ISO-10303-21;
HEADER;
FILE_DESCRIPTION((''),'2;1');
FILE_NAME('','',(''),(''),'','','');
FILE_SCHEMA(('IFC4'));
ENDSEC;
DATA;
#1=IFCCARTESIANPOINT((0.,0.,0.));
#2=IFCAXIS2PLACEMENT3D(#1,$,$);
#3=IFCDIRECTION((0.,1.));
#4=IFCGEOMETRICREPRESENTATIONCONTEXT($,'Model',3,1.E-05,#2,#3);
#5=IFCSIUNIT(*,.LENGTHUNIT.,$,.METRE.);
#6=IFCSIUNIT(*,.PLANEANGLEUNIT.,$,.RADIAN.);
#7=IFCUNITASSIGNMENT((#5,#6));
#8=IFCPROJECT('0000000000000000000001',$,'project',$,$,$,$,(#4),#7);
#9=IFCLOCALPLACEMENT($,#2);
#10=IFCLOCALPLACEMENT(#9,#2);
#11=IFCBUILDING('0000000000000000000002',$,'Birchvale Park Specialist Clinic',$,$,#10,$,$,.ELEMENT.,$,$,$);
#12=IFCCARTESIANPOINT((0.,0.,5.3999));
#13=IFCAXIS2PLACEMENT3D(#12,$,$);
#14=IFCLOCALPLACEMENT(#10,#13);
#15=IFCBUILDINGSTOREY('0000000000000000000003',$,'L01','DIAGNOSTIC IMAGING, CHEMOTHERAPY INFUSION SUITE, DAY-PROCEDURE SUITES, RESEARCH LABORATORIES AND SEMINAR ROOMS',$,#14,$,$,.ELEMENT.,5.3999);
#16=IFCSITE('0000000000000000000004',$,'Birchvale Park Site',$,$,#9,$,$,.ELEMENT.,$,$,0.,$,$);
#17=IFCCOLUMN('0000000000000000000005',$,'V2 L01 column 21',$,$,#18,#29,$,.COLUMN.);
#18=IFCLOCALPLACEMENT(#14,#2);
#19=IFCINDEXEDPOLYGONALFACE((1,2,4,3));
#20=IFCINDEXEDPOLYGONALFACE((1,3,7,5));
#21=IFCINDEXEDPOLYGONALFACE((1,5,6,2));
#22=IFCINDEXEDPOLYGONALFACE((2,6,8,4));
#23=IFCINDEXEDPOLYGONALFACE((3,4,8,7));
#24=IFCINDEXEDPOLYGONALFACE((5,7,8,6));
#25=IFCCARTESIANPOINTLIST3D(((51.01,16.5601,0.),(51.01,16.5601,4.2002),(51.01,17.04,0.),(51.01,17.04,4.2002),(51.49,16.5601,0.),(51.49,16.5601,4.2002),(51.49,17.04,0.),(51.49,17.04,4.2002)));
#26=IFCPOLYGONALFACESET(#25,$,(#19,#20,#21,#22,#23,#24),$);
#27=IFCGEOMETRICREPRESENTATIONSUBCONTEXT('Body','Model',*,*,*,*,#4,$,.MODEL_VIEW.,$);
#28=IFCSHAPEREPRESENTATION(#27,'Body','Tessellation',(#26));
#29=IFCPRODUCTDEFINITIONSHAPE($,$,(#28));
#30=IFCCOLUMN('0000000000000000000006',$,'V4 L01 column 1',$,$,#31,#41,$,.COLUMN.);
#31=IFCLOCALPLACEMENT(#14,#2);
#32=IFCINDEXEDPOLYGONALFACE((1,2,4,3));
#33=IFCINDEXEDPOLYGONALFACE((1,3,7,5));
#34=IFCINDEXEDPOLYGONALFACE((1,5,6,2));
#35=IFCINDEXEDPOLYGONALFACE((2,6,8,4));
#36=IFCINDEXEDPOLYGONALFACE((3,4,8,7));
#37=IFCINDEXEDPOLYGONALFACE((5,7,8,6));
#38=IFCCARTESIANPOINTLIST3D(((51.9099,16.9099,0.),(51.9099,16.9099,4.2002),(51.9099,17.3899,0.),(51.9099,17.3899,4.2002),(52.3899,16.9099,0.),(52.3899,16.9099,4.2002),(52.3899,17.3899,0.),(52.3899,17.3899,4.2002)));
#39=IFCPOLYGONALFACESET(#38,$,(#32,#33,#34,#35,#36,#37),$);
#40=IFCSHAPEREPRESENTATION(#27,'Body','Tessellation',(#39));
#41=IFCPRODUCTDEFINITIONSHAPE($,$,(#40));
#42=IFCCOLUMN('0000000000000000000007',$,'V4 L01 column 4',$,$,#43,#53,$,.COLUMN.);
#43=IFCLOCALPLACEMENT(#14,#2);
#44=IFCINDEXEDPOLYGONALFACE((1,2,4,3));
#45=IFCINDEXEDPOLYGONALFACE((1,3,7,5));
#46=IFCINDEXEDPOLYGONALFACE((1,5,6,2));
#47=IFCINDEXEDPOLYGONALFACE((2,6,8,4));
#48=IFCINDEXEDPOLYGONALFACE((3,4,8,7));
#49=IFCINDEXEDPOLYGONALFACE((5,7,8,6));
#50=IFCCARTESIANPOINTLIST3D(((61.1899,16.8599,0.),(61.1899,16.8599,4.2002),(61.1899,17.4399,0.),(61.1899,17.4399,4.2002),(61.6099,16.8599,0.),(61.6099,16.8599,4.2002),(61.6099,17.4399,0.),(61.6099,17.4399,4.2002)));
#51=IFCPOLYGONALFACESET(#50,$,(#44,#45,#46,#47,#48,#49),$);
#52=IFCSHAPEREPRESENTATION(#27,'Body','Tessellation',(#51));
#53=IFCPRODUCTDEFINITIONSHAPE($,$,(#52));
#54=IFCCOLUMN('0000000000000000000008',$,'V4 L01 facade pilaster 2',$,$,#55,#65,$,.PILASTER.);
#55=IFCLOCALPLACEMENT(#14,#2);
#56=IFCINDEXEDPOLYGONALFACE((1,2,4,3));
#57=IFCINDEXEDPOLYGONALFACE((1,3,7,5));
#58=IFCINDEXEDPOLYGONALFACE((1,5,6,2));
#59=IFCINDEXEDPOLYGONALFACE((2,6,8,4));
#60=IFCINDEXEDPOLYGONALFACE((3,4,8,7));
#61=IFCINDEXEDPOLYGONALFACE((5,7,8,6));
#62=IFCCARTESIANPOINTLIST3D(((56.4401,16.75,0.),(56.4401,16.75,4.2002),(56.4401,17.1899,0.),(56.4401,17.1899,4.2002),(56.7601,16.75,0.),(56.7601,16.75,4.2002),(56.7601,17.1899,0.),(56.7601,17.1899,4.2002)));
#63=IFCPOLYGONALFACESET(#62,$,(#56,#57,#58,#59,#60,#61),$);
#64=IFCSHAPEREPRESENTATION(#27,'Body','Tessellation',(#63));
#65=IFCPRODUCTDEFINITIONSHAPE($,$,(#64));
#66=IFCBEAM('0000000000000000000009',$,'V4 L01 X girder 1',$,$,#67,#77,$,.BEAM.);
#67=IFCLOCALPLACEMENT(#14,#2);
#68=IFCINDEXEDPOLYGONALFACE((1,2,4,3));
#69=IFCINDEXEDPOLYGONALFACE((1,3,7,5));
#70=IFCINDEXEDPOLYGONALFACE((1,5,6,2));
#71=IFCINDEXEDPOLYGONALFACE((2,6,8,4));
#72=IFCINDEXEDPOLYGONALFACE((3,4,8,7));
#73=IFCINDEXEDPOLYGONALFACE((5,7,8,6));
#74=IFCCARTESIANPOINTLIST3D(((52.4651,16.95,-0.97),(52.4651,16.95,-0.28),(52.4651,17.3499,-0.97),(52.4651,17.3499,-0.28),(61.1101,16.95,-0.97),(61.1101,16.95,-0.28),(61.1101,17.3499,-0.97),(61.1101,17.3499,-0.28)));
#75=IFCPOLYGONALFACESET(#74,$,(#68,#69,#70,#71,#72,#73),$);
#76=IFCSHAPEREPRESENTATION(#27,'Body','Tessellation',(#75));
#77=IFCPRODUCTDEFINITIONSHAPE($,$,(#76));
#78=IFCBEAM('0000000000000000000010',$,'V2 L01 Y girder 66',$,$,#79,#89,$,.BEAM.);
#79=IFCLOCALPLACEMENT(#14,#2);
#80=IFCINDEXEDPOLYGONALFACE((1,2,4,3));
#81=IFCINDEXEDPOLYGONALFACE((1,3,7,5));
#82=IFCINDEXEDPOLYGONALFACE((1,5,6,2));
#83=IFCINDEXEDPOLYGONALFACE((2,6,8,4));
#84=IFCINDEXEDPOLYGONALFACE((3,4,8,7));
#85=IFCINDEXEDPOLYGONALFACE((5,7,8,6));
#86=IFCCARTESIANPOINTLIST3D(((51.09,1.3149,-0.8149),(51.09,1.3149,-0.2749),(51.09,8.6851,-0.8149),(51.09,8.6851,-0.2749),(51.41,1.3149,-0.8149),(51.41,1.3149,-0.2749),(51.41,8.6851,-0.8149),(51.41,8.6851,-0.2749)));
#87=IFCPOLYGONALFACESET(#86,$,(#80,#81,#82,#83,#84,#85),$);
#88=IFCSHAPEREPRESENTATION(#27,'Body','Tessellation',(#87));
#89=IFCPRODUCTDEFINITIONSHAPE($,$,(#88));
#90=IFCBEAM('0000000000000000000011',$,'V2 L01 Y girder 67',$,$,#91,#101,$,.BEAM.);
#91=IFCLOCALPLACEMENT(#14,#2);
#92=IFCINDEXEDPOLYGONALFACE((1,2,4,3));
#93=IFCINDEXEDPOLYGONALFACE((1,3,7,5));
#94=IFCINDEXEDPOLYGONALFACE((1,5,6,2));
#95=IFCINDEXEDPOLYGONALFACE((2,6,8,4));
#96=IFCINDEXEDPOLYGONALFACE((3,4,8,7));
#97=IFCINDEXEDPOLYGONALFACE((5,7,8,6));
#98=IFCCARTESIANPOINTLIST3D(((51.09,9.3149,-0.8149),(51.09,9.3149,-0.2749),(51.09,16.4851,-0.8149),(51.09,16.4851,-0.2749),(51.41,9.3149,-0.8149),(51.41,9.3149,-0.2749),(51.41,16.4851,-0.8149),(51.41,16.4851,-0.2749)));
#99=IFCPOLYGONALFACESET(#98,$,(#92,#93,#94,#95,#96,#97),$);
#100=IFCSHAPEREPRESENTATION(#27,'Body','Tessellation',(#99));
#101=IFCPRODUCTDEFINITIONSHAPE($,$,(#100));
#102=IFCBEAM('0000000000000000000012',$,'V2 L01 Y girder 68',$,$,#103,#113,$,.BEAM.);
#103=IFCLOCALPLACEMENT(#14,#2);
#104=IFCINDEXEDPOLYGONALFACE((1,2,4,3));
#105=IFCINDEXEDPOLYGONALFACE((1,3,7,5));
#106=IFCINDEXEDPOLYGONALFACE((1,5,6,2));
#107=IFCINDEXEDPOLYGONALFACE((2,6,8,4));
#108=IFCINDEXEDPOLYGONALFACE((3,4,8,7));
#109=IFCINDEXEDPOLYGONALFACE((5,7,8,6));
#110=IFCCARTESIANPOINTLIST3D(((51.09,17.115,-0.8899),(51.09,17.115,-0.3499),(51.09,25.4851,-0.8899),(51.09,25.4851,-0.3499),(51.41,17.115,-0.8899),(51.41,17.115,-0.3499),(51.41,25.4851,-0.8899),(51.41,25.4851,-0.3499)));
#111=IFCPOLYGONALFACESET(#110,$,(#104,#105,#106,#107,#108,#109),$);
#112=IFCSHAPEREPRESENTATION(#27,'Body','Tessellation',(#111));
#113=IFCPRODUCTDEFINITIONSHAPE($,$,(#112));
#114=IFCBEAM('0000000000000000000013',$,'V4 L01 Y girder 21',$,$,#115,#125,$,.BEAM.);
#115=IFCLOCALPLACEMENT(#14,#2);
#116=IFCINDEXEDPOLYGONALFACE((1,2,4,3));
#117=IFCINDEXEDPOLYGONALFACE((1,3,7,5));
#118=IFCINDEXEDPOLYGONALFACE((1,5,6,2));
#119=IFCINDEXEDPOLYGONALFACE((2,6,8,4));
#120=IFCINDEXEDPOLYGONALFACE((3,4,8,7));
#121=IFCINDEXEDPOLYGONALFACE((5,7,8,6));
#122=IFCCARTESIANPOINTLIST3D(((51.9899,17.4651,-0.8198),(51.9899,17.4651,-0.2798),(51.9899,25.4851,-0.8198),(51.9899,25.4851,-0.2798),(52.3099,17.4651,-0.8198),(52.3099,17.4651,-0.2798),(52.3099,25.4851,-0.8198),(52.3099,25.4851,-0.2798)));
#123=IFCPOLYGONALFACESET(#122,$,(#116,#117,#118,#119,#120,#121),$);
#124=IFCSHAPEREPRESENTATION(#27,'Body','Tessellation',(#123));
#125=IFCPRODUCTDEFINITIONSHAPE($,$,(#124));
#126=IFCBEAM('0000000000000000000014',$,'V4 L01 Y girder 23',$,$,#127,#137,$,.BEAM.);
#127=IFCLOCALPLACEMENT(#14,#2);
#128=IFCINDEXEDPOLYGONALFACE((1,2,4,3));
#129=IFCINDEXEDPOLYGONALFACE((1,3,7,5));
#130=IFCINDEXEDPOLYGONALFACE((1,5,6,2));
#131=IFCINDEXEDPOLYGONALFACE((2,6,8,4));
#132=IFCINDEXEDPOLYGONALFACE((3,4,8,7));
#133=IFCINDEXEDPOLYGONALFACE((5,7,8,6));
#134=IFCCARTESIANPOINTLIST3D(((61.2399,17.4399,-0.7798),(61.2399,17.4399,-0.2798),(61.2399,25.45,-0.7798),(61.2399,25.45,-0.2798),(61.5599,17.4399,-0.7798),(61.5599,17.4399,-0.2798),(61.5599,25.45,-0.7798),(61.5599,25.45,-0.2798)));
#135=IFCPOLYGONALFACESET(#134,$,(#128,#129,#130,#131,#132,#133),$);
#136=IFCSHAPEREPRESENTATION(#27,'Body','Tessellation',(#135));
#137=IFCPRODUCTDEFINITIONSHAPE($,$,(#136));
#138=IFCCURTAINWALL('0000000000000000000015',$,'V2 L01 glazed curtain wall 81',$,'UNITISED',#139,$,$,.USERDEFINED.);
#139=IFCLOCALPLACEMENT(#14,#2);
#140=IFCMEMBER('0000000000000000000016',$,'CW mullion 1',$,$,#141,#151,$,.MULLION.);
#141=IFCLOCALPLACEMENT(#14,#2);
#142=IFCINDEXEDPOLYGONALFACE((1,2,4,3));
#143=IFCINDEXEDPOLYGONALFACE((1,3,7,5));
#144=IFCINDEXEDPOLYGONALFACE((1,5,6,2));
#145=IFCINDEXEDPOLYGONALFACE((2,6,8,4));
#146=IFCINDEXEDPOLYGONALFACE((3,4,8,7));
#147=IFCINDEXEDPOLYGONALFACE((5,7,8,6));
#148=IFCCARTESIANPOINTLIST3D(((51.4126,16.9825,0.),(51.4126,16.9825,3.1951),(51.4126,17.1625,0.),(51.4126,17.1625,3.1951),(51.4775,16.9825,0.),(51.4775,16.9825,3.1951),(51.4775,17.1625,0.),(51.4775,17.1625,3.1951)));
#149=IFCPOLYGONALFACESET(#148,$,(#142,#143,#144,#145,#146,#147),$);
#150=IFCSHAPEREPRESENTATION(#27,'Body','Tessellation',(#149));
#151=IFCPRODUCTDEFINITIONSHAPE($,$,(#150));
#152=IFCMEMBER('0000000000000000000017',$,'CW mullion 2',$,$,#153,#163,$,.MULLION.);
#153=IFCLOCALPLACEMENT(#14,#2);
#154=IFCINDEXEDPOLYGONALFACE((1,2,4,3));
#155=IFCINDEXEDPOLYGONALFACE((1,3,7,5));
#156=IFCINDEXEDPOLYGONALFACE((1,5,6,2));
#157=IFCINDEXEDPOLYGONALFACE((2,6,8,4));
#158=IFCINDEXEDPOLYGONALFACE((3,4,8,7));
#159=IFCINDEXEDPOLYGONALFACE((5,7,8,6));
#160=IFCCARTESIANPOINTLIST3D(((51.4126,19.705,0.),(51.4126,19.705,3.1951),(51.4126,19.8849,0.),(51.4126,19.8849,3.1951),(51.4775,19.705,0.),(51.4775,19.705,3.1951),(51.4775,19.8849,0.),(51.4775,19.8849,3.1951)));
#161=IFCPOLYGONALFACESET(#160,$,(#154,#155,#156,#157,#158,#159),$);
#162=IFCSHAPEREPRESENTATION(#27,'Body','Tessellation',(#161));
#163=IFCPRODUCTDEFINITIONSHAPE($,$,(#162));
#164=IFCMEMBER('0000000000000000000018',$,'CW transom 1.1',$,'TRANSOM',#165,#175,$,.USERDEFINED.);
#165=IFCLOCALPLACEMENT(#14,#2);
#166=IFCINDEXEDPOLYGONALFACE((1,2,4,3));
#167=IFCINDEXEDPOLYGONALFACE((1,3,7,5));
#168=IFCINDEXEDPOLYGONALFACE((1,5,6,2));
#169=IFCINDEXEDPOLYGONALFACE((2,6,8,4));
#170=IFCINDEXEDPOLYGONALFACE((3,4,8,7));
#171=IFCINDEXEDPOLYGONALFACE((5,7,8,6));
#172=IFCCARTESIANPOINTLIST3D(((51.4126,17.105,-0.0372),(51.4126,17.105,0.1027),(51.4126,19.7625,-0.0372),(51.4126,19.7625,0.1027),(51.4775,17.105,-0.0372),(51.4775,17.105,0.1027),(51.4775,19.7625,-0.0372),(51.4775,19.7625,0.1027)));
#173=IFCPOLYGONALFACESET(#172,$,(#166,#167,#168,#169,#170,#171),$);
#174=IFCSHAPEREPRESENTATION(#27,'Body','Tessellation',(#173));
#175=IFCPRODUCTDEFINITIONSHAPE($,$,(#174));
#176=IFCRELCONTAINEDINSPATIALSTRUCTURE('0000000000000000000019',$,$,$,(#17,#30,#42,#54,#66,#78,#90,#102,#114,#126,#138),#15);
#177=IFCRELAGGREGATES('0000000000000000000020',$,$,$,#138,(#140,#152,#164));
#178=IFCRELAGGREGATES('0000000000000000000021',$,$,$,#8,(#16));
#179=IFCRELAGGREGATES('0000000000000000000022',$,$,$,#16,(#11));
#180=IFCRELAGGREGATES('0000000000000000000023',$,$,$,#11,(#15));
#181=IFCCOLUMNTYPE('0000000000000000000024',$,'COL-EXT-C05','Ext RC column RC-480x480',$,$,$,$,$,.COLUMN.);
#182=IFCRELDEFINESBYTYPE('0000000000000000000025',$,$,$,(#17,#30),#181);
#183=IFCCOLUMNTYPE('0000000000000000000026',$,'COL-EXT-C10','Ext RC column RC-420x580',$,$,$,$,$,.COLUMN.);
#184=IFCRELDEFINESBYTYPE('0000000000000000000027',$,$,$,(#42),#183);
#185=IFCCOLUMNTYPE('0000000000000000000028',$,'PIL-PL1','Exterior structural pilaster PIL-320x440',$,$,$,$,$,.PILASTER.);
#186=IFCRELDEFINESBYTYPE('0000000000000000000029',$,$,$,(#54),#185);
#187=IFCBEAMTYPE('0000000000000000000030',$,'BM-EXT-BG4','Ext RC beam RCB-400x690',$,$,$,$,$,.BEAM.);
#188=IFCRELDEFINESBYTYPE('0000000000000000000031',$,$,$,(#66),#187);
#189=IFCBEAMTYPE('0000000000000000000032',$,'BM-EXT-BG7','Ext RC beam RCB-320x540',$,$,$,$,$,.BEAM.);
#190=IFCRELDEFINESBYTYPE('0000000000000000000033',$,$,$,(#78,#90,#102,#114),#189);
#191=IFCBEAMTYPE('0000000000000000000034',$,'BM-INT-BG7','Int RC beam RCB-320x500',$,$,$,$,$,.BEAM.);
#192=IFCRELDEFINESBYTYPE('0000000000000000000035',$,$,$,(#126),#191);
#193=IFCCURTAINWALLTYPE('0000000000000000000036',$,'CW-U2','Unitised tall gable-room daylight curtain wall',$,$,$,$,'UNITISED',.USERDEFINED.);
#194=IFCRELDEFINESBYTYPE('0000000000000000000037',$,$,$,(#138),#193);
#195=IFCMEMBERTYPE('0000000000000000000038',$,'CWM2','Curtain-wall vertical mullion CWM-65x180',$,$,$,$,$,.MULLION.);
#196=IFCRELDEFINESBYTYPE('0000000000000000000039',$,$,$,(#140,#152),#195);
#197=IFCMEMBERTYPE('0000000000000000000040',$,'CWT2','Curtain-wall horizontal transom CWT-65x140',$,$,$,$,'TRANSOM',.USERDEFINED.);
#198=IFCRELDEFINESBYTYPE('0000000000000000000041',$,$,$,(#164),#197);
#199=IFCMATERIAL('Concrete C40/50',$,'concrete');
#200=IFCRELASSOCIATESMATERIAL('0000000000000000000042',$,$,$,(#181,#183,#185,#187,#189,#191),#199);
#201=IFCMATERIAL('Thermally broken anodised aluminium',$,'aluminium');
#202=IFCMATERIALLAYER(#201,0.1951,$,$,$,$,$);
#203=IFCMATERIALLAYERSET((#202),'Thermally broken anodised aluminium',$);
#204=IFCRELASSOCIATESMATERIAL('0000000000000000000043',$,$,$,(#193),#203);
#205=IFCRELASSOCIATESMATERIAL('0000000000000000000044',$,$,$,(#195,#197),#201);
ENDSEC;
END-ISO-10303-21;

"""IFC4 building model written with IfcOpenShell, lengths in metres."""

from ifc_helpers import new_model, si_unit, direction, frame, origin, origin_2d, place, context, subcontext, project, spatial, rectangle, extrude, material, layer, layer_set, material_profile, profile_set, type_object, element, aggregate, save


model = new_model("IFC4")

# Units and contexts
model_context = context("Model", 3, precision=1e-05, world=origin(), true_north=direction((0.0, 1.0)))
body_context = subcontext(model_context, "Body", "Model", "MODEL_VIEW")
ifc_project = project(units=[si_unit("LENGTHUNIT", "METRE"), si_unit("PLANEANGLEUNIT", "RADIAN")], contexts=[model_context])

# Site, building, storey
site_placement = place(None, origin())
site = spatial("IfcSite", under=ifc_project, at=site_placement, Name="Birchvale Park Site", CompositionType="ELEMENT", RefElevation=0.0)
building_placement = place(site_placement, origin())
building = spatial("IfcBuilding", under=site, at=building_placement, Name="Birchvale Park Specialist Clinic", CompositionType="ELEMENT")
storey_placement = place(building_placement, frame((0.0, 0.0, 5.3999)))
storey = spatial("IfcBuildingStorey", under=building, at=storey_placement, Name="L01", Description="DIAGNOSTIC IMAGING, CHEMOTHERAPY INFUSION SUITE, DAY-PROCEDURE SUITES, RESEARCH LABORATORIES AND SEMINAR ROOMS", CompositionType="ELEMENT", Elevation=5.3999)

# Columns
ifc_material_1 = material(Name="Concrete C40/50", Category="concrete")
ifc_material_profile_1 = material_profile(ifc_material_1, rectangle(XDim=0.48, YDim=0.48, at=origin_2d()), Name="RC-480x480")
ifc_profile_set_1 = profile_set([ifc_material_profile_1], Name="Concrete C40/50")
column_type_1 = type_object("IfcColumnType", Name="COL-EXT-C05", Description="Ext RC column RC-480x480", PredefinedType="COLUMN", material=ifc_profile_set_1)
for number, where, z_axis, x_axis, name in (
    (1, (51.25, 16.8, 0.0), (0.0, 0.0, 1.0), (1.0, 0.0, 0.0), "V2 L01 column 21"),
    (2, (52.1499, 17.1499, 0.0), (0.0, 0.0, 1.0), (1.0, 0.0, 0.0), "V4 L01 column 1"),
):
    element("IfcColumn", number, at=place(storey_placement, frame(where, z_axis=z_axis, x_axis=x_axis)), inside=storey, type_object=column_type_1, Name=name, PredefinedType="COLUMN", context=body_context, shape_type="SweptSolid", body=[
        extrude(rectangle(XDim=0.48, YDim=0.48, at=origin_2d()), origin(), (0.0, 0.0, 1.0), 4.2002),
    ])
ifc_material_profile_2 = material_profile(ifc_material_1, rectangle(XDim=0.4199, YDim=0.5801, at=origin_2d()), Name="RC-420x580")
ifc_profile_set_2 = profile_set([ifc_material_profile_2], Name="Concrete C40/50")
column_type_2 = type_object("IfcColumnType", Name="COL-EXT-C10", Description="Ext RC column RC-420x580", PredefinedType="COLUMN", material=ifc_profile_set_2)
column_1_placement = place(storey_placement, frame((61.3999, 17.1499, 0.0), z_axis=(0.0, 0.0, 1.0), x_axis=(1.0, 0.0, 0.0)))
element("IfcColumn", 3, at=column_1_placement, inside=storey, type_object=column_type_2, Name="V4 L01 column 4", PredefinedType="COLUMN", context=body_context, shape_type="SweptSolid", body=[
    extrude(rectangle(XDim=0.4199, YDim=0.5801, at=origin_2d()), origin(), (0.0, 0.0, 1.0), 4.2002),
])
ifc_material_profile_3 = material_profile(ifc_material_1, rectangle(XDim=0.3201, YDim=0.4399, at=origin_2d()), Name="PIL-320x440")
ifc_profile_set_3 = profile_set([ifc_material_profile_3], Name="Concrete C40/50")
column_type_3 = type_object("IfcColumnType", Name="PIL-PL1", Description="Exterior structural pilaster PIL-320x440", PredefinedType="PILASTER", material=ifc_profile_set_3)
column_2_placement = place(storey_placement, frame((56.6001, 16.97, 0.0), z_axis=(0.0, 0.0, 1.0), x_axis=(1.0, 0.0, 0.0)))
element("IfcColumn", 4, at=column_2_placement, inside=storey, type_object=column_type_3, Name="V4 L01 facade pilaster 2", PredefinedType="PILASTER", context=body_context, shape_type="SweptSolid", body=[
    extrude(rectangle(XDim=0.3201, YDim=0.4399, at=origin_2d()), origin(), (0.0, 0.0, 1.0), 4.2002),
])

# Beams
ifc_material_profile_4 = material_profile(ifc_material_1, rectangle(XDim=0.3999, YDim=0.6899, at=origin_2d()), Name="RCB-400x690")
ifc_profile_set_4 = profile_set([ifc_material_profile_4], Name="Concrete C40/50")
beam_type_1 = type_object("IfcBeamType", Name="BM-EXT-BG4", Description="Ext RC beam RCB-400x690", PredefinedType="BEAM", material=ifc_profile_set_4)
beam_1_placement = place(storey_placement, frame((52.4651, 17.1499, -0.625), z_axis=(1.0, 0.0, 0.0), x_axis=(0.0, 1.0, 0.0)))
element("IfcBeam", 5, at=beam_1_placement, inside=storey, type_object=beam_type_1, Name="V4 L01 X girder 1", PredefinedType="BEAM", context=body_context, shape_type="SweptSolid", body=[
    extrude(rectangle(XDim=0.3999, YDim=0.6899, at=origin_2d()), origin(), (0.0, 0.0, 1.0), 8.645),
])
ifc_material_profile_5 = material_profile(ifc_material_1, rectangle(XDim=0.3201, YDim=0.54, at=origin_2d()), Name="RCB-320x540")
ifc_profile_set_5 = profile_set([ifc_material_profile_5], Name="Concrete C40/50")
beam_type_2 = type_object("IfcBeamType", Name="BM-EXT-BG7", Description="Ext RC beam RCB-320x540", PredefinedType="BEAM", material=ifc_profile_set_5)
beam_2_placement = place(storey_placement, frame((51.25, 1.3149, -0.5449), z_axis=(0.0, 1.0, 0.0), x_axis=(-1.0, 0.0, 0.0)))
element("IfcBeam", 6, at=beam_2_placement, inside=storey, type_object=beam_type_2, Name="V2 L01 Y girder 66", PredefinedType="BEAM", context=body_context, shape_type="SweptSolid", body=[
    extrude(rectangle(XDim=0.3201, YDim=0.54, at=origin_2d()), origin(), (0.0, 0.0, 1.0), 7.3701),
])
beam_3_placement = place(storey_placement, frame((51.25, 9.3149, -0.5449), z_axis=(0.0, 1.0, 0.0), x_axis=(-1.0, 0.0, 0.0)))
element("IfcBeam", 7, at=beam_3_placement, inside=storey, type_object=beam_type_2, Name="V2 L01 Y girder 67", PredefinedType="BEAM", context=body_context, shape_type="SweptSolid", body=[
    extrude(rectangle(XDim=0.3201, YDim=0.54, at=origin_2d()), origin(), (0.0, 0.0, 1.0), 7.1702),
])
beam_4_placement = place(storey_placement, frame((51.25, 17.115, -0.6199), z_axis=(0.0, 1.0, 0.0), x_axis=(-1.0, 0.0, 0.0)))
element("IfcBeam", 8, at=beam_4_placement, inside=storey, type_object=beam_type_2, Name="V2 L01 Y girder 68", PredefinedType="BEAM", context=body_context, shape_type="SweptSolid", body=[
    extrude(rectangle(XDim=0.3201, YDim=0.54, at=origin_2d()), origin(), (0.0, 0.0, 1.0), 8.3701),
])
beam_5_placement = place(storey_placement, frame((52.1499, 17.4651, -0.5498), z_axis=(0.0, 1.0, 0.0), x_axis=(-1.0, 0.0, 0.0)))
element("IfcBeam", 9, at=beam_5_placement, inside=storey, type_object=beam_type_2, Name="V4 L01 Y girder 21", PredefinedType="BEAM", context=body_context, shape_type="SweptSolid", body=[
    extrude(rectangle(XDim=0.3201, YDim=0.54, at=origin_2d()), origin(), (0.0, 0.0, 1.0), 8.02),
])
ifc_material_profile_6 = material_profile(ifc_material_1, rectangle(XDim=0.3201, YDim=0.5, at=origin_2d()), Name="RCB-320x500")
ifc_profile_set_6 = profile_set([ifc_material_profile_6], Name="Concrete C40/50")
beam_type_3 = type_object("IfcBeamType", Name="BM-INT-BG7", Description="Int RC beam RCB-320x500", PredefinedType="BEAM", material=ifc_profile_set_6)
beam_6_placement = place(storey_placement, frame((61.3999, 17.4399, -0.5298), z_axis=(0.0, 1.0, 0.0), x_axis=(-1.0, 0.0, 0.0)))
element("IfcBeam", 10, at=beam_6_placement, inside=storey, type_object=beam_type_3, Name="V4 L01 Y girder 23", PredefinedType="BEAM", context=body_context, shape_type="SweptSolid", body=[
    extrude(rectangle(XDim=0.3201, YDim=0.5, at=origin_2d()), origin(), (0.0, 0.0, 1.0), 8.01),
])

# Curtain wall, members
ifc_material_2 = material(Name="Thermally broken anodised aluminium", Category="aluminium")
ifc_layer_1 = layer(ifc_material_2, 0.1951)
ifc_layer_set_1 = layer_set([ifc_layer_1], Name="Thermally broken anodised aluminium")
curtain_wall_type = type_object("IfcCurtainWallType", Name="CW-U2", Description="Unitised tall gable-room daylight curtain wall", ElementType="UNITISED", PredefinedType="USERDEFINED", material=ifc_layer_set_1)
curtain_wall_placement = place(storey_placement, origin())
curtain_wall = element("IfcCurtainWall", 11, at=curtain_wall_placement, inside=storey, type_object=curtain_wall_type, Name="V2 L01 glazed curtain wall 81", ObjectType="UNITISED", PredefinedType="USERDEFINED")
ifc_material_profile_7 = material_profile(ifc_material_2, rectangle(XDim=0.0649, YDim=0.1799, at=origin_2d()), Name="CWM-65x180")
ifc_profile_set_7 = profile_set([ifc_material_profile_7], Name="Thermally broken anodised aluminium")
member_type_1 = type_object("IfcMemberType", Name="CWM2", Description="Curtain-wall vertical mullion CWM-65x180", PredefinedType="MULLION", material=ifc_profile_set_7)
member_1_placement = place(storey_placement, frame((51.4451, 17.0725, 0.0), z_axis=(0.0, 0.0, 1.0), x_axis=(-1.0, 0.0, 0.0)))
member_1 = element("IfcMember", 12, at=member_1_placement, type_object=member_type_1, Name="CW mullion 1", PredefinedType="MULLION", context=body_context, shape_type="SweptSolid", body=[
    extrude(rectangle(XDim=0.0649, YDim=0.1799, at=origin_2d()), origin(), (0.0, 0.0, 1.0), 3.1951),
])
member_2_placement = place(storey_placement, frame((51.4451, 19.7949, 0.0), z_axis=(0.0, 0.0, 1.0), x_axis=(-1.0, 0.0, 0.0)))
member_2 = element("IfcMember", 13, at=member_2_placement, type_object=member_type_1, Name="CW mullion 2", PredefinedType="MULLION", context=body_context, shape_type="SweptSolid", body=[
    extrude(rectangle(XDim=0.0649, YDim=0.1799, at=origin_2d()), origin(), (0.0, 0.0, 1.0), 3.1951),
])
ifc_material_profile_8 = material_profile(ifc_material_2, rectangle(XDim=0.0649, YDim=0.1399, at=origin_2d()), Name="CWT-65x140")
ifc_profile_set_8 = profile_set([ifc_material_profile_8], Name="Thermally broken anodised aluminium")
member_type_2 = type_object("IfcMemberType", Name="CWT2", Description="Curtain-wall horizontal transom CWT-65x140", ElementType="TRANSOM", PredefinedType="USERDEFINED", material=ifc_profile_set_8)
member_3_placement = place(storey_placement, frame((51.4451, 17.105, 0.0327), z_axis=(0.0, 1.0, 0.0), x_axis=(-1.0, 0.0, 0.0)))
member_3 = element("IfcMember", 14, at=member_3_placement, type_object=member_type_2, Name="CW transom 1.1", ObjectType="TRANSOM", PredefinedType="USERDEFINED", context=body_context, shape_type="SweptSolid", body=[
    extrude(rectangle(XDim=0.0649, YDim=0.1399, at=origin_2d()), origin(), (0.0, 0.0, 1.0), 2.6575),
])

aggregate(curtain_wall, [member_1, member_2, member_3])

save(model, "model.ifc")
